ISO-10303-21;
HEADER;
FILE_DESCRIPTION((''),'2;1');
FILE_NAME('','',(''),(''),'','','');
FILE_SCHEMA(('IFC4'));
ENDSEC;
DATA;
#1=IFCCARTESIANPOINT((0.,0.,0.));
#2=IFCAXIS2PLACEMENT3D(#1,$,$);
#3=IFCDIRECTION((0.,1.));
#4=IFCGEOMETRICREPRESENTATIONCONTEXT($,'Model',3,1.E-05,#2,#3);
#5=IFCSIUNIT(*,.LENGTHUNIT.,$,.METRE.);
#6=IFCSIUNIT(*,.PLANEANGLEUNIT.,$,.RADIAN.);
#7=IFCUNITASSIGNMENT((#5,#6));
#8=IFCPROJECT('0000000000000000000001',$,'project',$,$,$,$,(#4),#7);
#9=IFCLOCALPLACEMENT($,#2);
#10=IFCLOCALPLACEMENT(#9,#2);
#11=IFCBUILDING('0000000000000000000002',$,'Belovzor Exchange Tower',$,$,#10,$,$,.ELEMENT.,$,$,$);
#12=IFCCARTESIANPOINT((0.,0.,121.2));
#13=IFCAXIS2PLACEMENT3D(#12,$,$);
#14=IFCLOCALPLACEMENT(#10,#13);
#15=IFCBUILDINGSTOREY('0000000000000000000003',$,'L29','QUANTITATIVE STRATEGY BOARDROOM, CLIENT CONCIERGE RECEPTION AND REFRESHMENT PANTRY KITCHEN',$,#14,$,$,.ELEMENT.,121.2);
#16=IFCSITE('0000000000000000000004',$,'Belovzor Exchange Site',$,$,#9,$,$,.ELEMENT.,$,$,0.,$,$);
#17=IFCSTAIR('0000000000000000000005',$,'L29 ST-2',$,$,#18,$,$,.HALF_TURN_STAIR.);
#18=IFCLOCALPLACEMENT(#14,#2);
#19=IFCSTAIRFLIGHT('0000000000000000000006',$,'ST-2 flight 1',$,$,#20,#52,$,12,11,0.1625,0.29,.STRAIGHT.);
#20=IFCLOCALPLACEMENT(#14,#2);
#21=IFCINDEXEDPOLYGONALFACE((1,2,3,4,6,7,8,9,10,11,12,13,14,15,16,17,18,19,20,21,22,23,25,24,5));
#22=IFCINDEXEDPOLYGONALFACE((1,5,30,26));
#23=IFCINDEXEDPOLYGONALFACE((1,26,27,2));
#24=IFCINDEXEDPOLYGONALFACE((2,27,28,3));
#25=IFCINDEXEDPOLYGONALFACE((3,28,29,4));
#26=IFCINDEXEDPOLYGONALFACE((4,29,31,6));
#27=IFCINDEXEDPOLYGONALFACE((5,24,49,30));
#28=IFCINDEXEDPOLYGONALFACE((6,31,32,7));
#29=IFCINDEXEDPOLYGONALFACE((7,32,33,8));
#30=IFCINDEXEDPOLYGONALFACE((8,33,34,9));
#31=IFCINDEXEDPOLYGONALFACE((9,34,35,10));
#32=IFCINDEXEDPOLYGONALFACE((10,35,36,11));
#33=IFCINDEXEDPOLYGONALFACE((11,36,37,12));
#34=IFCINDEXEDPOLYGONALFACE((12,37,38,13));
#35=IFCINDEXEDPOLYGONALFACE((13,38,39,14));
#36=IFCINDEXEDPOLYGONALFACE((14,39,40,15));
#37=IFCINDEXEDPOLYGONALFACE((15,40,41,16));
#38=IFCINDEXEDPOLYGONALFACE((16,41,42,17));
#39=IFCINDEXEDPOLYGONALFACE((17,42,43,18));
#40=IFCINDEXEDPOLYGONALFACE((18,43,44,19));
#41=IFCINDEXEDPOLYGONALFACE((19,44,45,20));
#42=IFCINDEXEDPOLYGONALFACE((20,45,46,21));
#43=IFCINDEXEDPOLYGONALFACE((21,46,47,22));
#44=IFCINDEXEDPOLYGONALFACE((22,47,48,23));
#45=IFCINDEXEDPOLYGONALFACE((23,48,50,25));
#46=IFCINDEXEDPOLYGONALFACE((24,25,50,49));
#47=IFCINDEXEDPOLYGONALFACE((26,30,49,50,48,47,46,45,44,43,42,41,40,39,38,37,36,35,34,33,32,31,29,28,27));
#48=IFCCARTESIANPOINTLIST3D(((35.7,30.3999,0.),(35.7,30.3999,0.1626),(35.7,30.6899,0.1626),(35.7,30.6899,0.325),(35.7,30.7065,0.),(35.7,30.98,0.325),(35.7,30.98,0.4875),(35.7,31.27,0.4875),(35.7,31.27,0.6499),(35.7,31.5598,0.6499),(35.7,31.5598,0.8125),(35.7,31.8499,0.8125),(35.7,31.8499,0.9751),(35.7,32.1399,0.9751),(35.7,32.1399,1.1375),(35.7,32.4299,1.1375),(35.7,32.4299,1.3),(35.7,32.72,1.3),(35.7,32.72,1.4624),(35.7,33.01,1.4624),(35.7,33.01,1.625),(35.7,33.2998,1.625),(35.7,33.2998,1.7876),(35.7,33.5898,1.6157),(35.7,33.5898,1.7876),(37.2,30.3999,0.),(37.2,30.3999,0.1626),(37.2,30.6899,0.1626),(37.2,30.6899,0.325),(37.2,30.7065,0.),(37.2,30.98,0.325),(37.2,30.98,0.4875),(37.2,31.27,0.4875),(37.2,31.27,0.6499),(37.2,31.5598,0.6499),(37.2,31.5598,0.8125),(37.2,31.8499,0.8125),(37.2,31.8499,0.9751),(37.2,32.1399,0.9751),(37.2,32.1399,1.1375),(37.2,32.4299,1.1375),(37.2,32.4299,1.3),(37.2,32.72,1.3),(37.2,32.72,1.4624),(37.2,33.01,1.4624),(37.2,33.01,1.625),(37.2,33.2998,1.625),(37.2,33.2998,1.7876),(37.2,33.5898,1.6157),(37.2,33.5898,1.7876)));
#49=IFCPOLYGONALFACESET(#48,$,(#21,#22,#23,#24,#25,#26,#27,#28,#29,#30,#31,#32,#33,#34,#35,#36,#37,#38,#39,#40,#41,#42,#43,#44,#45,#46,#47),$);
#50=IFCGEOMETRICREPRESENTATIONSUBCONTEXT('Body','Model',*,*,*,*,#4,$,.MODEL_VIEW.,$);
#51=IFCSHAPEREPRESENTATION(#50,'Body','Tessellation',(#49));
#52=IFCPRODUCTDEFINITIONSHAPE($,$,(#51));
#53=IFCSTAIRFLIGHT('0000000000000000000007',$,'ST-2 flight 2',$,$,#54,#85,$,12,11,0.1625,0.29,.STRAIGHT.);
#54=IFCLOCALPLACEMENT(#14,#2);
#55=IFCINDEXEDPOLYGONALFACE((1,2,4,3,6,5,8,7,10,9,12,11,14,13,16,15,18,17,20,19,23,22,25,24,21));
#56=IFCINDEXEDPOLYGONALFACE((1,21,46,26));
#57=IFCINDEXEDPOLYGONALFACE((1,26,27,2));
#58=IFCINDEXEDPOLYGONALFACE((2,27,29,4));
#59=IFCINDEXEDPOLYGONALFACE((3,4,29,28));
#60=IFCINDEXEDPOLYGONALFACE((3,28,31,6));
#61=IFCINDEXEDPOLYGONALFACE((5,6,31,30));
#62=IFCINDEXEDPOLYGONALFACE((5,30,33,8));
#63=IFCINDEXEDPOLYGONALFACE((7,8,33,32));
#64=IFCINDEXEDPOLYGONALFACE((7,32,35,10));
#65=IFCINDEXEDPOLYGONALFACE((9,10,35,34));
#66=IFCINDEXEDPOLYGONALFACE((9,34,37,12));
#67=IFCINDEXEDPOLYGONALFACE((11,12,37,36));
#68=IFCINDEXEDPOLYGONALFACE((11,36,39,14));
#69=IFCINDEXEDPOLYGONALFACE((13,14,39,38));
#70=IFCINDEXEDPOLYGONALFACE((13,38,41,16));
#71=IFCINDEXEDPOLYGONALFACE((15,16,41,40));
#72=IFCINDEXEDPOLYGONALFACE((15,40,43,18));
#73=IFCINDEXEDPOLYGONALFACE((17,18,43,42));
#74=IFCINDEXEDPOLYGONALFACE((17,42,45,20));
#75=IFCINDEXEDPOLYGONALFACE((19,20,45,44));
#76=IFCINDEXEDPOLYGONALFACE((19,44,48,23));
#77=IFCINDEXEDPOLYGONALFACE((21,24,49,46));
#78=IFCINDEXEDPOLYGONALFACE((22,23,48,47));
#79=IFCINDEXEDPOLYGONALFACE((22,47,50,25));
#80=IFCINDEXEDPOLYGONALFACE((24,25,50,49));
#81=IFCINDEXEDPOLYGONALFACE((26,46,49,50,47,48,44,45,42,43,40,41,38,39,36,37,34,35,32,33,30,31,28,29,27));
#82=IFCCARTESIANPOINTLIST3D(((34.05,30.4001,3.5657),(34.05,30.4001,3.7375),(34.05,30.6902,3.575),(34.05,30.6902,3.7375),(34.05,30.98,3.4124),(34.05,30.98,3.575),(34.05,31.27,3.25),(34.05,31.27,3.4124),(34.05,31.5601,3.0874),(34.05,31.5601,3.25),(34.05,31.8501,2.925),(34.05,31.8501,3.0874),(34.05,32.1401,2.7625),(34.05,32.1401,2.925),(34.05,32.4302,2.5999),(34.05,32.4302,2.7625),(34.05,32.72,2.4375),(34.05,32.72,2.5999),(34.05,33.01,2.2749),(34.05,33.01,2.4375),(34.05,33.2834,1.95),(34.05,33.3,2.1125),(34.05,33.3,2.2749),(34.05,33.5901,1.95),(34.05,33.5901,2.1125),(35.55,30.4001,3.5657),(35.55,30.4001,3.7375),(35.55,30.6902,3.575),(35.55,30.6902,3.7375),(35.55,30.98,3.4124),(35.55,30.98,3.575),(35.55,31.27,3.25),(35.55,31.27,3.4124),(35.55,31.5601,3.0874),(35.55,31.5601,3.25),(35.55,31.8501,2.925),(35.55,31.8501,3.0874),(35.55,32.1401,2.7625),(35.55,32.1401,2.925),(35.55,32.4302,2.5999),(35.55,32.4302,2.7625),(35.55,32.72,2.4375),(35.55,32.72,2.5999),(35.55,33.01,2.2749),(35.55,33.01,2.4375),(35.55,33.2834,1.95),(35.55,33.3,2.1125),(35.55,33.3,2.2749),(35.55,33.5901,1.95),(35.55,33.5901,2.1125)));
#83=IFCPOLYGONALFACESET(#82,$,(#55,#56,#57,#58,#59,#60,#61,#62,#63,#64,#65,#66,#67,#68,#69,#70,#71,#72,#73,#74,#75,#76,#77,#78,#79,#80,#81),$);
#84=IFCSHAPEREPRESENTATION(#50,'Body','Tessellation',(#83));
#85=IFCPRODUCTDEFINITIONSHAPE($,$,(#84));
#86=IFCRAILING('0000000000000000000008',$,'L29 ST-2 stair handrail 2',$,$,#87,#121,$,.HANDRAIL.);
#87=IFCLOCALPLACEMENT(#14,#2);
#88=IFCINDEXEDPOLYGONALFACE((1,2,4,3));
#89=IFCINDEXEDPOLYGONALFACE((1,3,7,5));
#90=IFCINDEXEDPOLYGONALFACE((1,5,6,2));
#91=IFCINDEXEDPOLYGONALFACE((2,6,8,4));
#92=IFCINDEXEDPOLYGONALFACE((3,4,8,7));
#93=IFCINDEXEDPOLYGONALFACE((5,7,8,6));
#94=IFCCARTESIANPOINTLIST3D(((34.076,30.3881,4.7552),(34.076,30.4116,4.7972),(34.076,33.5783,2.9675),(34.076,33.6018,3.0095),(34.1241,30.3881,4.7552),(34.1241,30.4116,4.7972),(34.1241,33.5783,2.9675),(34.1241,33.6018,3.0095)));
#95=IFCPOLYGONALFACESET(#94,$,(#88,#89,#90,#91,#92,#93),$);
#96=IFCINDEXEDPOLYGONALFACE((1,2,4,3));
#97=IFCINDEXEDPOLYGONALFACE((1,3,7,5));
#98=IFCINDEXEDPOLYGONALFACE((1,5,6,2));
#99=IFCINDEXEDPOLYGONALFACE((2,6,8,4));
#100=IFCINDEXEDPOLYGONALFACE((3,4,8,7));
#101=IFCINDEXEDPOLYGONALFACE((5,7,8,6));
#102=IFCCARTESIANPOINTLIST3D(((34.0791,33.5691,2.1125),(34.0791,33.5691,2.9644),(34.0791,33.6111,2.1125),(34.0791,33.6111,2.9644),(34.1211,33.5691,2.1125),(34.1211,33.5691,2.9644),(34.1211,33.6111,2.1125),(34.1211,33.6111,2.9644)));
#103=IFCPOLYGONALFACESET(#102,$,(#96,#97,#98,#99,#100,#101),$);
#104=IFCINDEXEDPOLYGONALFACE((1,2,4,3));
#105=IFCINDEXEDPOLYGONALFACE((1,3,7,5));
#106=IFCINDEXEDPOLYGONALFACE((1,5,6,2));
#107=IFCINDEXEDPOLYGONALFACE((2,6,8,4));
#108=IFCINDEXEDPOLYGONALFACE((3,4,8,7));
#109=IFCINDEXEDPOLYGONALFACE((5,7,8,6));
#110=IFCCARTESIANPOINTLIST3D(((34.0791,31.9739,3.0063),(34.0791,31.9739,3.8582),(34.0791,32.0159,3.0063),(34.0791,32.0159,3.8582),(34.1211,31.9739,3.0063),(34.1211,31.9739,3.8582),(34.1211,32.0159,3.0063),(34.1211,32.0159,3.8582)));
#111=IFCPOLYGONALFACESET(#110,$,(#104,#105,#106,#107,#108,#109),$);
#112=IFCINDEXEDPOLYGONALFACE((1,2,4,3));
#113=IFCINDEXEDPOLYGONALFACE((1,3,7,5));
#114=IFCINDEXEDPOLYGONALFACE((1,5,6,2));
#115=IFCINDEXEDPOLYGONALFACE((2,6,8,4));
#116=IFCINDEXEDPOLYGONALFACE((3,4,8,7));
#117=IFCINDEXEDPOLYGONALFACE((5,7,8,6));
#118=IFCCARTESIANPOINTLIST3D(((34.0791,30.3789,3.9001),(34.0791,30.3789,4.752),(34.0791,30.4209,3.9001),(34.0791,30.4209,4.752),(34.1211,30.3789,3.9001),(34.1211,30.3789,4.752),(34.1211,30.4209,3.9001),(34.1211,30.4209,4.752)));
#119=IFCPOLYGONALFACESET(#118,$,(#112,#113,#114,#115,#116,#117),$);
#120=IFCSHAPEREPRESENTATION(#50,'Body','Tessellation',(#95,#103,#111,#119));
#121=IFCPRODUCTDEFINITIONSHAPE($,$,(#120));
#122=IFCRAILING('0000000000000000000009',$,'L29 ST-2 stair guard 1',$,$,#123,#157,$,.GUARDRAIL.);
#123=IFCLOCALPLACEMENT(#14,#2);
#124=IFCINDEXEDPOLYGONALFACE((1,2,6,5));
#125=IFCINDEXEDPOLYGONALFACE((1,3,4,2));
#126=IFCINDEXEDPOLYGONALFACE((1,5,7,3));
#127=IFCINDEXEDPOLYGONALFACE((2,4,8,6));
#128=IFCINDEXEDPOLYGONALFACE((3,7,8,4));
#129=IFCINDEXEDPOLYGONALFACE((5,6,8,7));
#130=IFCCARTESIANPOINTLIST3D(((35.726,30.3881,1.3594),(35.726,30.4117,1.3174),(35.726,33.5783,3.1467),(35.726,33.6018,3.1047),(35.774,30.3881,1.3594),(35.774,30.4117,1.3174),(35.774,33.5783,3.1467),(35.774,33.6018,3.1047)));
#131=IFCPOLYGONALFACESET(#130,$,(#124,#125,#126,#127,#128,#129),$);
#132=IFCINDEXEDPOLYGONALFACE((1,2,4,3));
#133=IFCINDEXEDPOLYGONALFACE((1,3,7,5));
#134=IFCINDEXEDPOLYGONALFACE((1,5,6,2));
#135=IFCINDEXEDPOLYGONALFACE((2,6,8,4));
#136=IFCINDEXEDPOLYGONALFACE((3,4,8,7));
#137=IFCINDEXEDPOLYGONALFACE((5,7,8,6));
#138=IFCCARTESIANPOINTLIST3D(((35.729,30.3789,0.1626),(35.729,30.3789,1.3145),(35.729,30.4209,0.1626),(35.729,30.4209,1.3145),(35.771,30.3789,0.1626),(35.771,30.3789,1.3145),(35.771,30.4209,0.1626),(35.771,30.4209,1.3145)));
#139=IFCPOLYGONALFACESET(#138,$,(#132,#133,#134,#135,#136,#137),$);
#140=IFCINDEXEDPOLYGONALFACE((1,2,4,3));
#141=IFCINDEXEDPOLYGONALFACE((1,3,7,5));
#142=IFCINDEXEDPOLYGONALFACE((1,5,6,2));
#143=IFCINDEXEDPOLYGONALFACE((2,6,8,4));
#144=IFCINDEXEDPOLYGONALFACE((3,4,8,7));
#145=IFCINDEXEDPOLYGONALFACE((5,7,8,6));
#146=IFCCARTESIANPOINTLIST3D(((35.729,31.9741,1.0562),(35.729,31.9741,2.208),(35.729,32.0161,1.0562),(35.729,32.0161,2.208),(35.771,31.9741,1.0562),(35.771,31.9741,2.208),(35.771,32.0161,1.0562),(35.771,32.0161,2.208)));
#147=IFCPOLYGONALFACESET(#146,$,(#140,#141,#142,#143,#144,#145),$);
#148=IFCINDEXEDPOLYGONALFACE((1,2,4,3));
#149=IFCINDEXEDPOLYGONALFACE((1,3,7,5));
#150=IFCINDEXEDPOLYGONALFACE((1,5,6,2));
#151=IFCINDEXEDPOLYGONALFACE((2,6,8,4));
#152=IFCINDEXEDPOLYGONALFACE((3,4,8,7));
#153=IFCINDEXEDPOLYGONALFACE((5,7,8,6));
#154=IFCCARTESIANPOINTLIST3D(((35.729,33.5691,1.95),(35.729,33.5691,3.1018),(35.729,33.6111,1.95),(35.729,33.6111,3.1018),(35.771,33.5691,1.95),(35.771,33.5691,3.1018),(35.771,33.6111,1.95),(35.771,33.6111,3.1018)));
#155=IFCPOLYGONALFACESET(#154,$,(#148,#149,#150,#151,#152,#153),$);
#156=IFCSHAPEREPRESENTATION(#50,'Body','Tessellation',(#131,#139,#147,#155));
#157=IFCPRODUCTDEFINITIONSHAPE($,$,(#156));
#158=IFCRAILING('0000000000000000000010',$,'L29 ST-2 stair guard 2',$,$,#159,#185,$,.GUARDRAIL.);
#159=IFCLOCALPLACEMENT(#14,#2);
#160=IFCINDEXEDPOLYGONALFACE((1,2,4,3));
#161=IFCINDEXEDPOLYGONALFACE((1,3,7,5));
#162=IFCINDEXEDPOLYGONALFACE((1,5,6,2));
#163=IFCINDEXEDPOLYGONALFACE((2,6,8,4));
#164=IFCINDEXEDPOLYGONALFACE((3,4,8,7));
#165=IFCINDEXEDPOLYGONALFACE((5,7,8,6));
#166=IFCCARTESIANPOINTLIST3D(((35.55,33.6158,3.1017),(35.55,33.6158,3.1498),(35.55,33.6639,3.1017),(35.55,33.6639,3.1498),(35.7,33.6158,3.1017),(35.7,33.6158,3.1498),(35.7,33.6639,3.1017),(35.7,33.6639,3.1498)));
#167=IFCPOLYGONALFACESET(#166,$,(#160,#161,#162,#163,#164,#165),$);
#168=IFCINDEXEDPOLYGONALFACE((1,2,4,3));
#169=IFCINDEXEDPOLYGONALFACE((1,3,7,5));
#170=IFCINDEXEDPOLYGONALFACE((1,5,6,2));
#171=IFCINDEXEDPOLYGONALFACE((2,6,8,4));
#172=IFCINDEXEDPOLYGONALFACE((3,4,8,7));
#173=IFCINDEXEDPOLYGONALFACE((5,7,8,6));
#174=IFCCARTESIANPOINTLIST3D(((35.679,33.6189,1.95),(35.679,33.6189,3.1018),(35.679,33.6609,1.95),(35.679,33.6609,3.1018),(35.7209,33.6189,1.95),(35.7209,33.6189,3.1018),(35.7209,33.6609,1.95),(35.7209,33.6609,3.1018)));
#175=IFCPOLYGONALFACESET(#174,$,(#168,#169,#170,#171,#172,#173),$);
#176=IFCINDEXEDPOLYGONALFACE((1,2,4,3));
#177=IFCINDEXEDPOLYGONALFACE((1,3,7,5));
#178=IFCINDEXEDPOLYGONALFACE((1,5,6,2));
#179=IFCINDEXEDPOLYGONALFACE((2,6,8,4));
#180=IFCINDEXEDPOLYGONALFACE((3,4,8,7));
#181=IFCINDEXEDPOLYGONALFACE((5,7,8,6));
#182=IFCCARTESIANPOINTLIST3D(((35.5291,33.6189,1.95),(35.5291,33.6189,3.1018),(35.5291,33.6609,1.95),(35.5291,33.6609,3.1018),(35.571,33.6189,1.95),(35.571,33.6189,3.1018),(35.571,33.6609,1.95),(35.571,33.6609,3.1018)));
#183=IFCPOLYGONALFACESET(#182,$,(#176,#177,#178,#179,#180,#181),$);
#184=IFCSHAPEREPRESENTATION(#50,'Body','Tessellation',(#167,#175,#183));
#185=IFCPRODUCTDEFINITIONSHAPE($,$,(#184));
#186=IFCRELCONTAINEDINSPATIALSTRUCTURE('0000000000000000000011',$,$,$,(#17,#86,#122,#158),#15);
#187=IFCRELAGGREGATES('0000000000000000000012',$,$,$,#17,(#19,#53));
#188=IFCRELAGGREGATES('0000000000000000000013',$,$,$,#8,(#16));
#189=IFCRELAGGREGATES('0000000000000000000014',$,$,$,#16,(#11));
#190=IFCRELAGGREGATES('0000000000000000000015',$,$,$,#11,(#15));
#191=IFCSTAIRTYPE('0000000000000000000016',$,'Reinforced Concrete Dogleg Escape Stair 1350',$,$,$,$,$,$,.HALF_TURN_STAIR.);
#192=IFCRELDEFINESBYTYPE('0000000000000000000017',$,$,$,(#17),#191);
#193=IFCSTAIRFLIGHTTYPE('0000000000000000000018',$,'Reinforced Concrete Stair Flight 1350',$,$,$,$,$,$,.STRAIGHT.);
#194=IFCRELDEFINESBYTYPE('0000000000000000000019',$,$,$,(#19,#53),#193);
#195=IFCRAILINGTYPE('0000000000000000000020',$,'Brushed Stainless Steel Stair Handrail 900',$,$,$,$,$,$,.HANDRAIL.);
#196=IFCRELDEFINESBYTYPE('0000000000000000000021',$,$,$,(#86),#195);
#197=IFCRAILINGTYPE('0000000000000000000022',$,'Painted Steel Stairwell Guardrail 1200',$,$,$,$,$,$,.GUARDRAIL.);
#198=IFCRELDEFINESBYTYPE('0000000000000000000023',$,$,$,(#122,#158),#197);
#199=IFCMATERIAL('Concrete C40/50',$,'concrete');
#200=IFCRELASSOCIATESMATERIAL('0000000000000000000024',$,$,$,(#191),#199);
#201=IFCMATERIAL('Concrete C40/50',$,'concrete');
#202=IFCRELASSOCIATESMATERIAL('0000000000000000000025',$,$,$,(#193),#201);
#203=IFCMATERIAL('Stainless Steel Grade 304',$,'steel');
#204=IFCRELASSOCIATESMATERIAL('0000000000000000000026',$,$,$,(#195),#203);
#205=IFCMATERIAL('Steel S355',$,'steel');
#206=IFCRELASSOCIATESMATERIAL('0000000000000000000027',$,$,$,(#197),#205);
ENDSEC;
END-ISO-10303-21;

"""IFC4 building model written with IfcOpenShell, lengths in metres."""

from ifc_helpers import new_model, si_unit, direction, frame, origin, origin_2d, place, context, subcontext, project, spatial, polyline, rectangle, outline, extrude, material, type_object, element, aggregate, save


model = new_model("IFC4")

# Units and contexts
model_context = context("Model", 3, precision=1e-05, world=origin(), true_north=direction((0.0, 1.0)))
body_context = subcontext(model_context, "Body", "Model", "MODEL_VIEW")
ifc_project = project(units=[si_unit("LENGTHUNIT", "METRE"), si_unit("PLANEANGLEUNIT", "RADIAN")], contexts=[model_context])

# Site, building, storey
site_placement = place(None, origin())
site = spatial("IfcSite", under=ifc_project, at=site_placement, Name="Belovzor Exchange Site", CompositionType="ELEMENT", RefElevation=0.0)
building_placement = place(site_placement, origin())
building = spatial("IfcBuilding", under=site, at=building_placement, Name="Belovzor Exchange Tower", CompositionType="ELEMENT")
storey_placement = place(building_placement, frame((0.0, 0.0, 121.2)))
storey = spatial("IfcBuildingStorey", under=building, at=storey_placement, Name="L29", Description="QUANTITATIVE STRATEGY BOARDROOM, CLIENT CONCIERGE RECEPTION AND REFRESHMENT PANTRY KITCHEN", CompositionType="ELEMENT", Elevation=121.2)

# Stair, stair flights
ifc_material_1 = material(Name="Concrete C40/50", Category="concrete")
stair_type = type_object("IfcStairType", Name="Reinforced Concrete Dogleg Escape Stair 1350", PredefinedType="HALF_TURN_STAIR", material=ifc_material_1)
stair_placement = place(storey_placement, origin())
stair = element("IfcStair", 1, at=stair_placement, inside=storey, type_object=stair_type, Name="L29 ST-2", PredefinedType="HALF_TURN_STAIR")
ifc_material_2 = material(Name="Concrete C40/50", Category="concrete")
stair_flight_type = type_object("IfcStairFlightType", Name="Reinforced Concrete Stair Flight 1350", PredefinedType="STRAIGHT", material=ifc_material_2)
stair_flight_1_placement = place(storey_placement, frame((36.45, 30.3999, 0.0), z_axis=(0.0, 0.0, 1.0), x_axis=(0.0, 1.0, 0.0)))
stair_flight_1 = element("IfcStairFlight", 2, at=stair_flight_1_placement, type_object=stair_flight_type, Name="ST-2 flight 1", NumberOfRisers=12, NumberOfTreads=11, PredefinedType="STRAIGHT", RiserHeight=0.1625, TreadLength=0.29, context=body_context, shape_type="SweptSolid", body=[
    extrude(outline(polyline([(0.0, 0.0), (0.0, 0.1626), (0.29, 0.1626), (0.29, 0.325), (0.5801, 0.325), (0.5801, 0.4875), (0.8701, 0.4875), (0.8701, 0.6499), (1.1599, 0.6499), (1.1599, 0.8125), (1.45, 0.8125), (1.45, 0.9751), (1.74, 0.9751), (1.74, 1.1375), (2.03, 1.1375), (2.03, 1.3), (2.3201, 1.3), (2.3201, 1.4624), (2.6101, 1.4624), (2.6101, 1.625), (2.8999, 1.625), (2.8999, 1.7876), (3.1899, 1.7876), (3.1899, 1.95), (3.1899, 1.6157), (0.3066, 0.0), (0.0, 0.0)])), frame((0.0, 0.75, 0.0), z_axis=(0.0, -1.0, 0.0), x_axis=(1.0, 0.0, 0.0)), (0.0, 0.0, 1.0), 1.5),
])
stair_flight_2_placement = place(storey_placement, frame((34.8, 33.5901, 1.95), z_axis=(0.0, 0.0, 1.0), x_axis=(0.0, -1.0, 0.0)))
stair_flight_2 = element("IfcStairFlight", 3, at=stair_flight_2_placement, type_object=stair_flight_type, Name="ST-2 flight 2", NumberOfRisers=12, NumberOfTreads=11, PredefinedType="STRAIGHT", RiserHeight=0.1625, TreadLength=0.29, context=body_context, shape_type="SweptSolid", body=[
    extrude(outline(polyline([(0.0, 0.0), (0.0, 0.1626), (0.29, 0.1626), (0.29, 0.325), (0.5801, 0.325), (0.5801, 0.4875), (0.8701, 0.4875), (0.8701, 0.6499), (1.1599, 0.6499), (1.1599, 0.8125), (1.45, 0.8125), (1.45, 0.9751), (1.74, 0.9751), (1.74, 1.1375), (2.03, 1.1375), (2.03, 1.3), (2.3201, 1.3), (2.3201, 1.4624), (2.6101, 1.4624), (2.6101, 1.625), (2.8999, 1.625), (2.8999, 1.7876), (3.1899, 1.7876), (3.1899, 1.95), (3.1899, 1.6157), (0.3066, 0.0), (0.0, 0.0)])), frame((0.0, 0.75, 0.0), z_axis=(0.0, -1.0, 0.0), x_axis=(1.0, 0.0, 0.0)), (0.0, 0.0, 1.0), 1.5),
])
aggregate(stair, [stair_flight_1, stair_flight_2])

# Railings
ifc_material_3 = material(Name="Stainless Steel Grade 304", Category="steel")
railing_type_1 = type_object("IfcRailingType", Name="Brushed Stainless Steel Stair Handrail 900", PredefinedType="HANDRAIL", material=ifc_material_3)
railing_1_placement = place(storey_placement, frame((34.1001, 33.5901, 2.1125)))
element("IfcRailing", 4, at=railing_1_placement, inside=storey, type_object=railing_type_1, Name="L29 ST-2 stair handrail 2", PredefinedType="HANDRAIL", context=body_context, shape_type="SweptSolid", body=[
    extrude(rectangle(XDim=0.0481, YDim=0.0481, at=origin_2d()), frame((0.0, 0.0, 0.876), z_axis=(0.0, -0.872378, 0.488831), x_axis=(1.0, 0.0, 0.0)), (0.0, 0.0, 1.0), 3.657),
    extrude(rectangle(XDim=0.042, YDim=0.042, at=origin_2d()), origin(), (0.0, 0.0, 1.0), 0.8518),
    extrude(rectangle(XDim=0.042, YDim=0.042, at=origin_2d()), frame((0.0, -1.5952, 0.8938)), (0.0, 0.0, 1.0), 0.8518),
    extrude(rectangle(XDim=0.042, YDim=0.042, at=origin_2d()), frame((0.0, -3.1902, 1.7876)), (0.0, 0.0, 1.0), 0.8518),
])
ifc_material_4 = material(Name="Steel S355", Category="steel")
railing_type_2 = type_object("IfcRailingType", Name="Painted Steel Stairwell Guardrail 1200", PredefinedType="GUARDRAIL", material=ifc_material_4)
railing_2_placement = place(storey_placement, frame((35.75, 30.3999, 0.1626)))
element("IfcRailing", 5, at=railing_2_placement, inside=storey, type_object=railing_type_2, Name="L29 ST-2 stair guard 1", PredefinedType="GUARDRAIL", context=body_context, shape_type="SweptSolid", body=[
    extrude(rectangle(XDim=0.0481, YDim=0.0481, at=origin_2d()), frame((0.0, 0.0, 1.1758), z_axis=(0.0, 0.872407, 0.48878), x_axis=(-1.0, 0.0, 0.0)), (0.0, 0.0, 1.0), 3.6567),
    extrude(rectangle(XDim=0.042, YDim=0.042, at=origin_2d()), origin(), (0.0, 0.0, 1.0), 1.1519),
    extrude(rectangle(XDim=0.042, YDim=0.042, at=origin_2d()), frame((0.0, 1.5952, 0.8936)), (0.0, 0.0, 1.0), 1.1519),
    extrude(rectangle(XDim=0.042, YDim=0.042, at=origin_2d()), frame((0.0, 3.1902, 1.7874)), (0.0, 0.0, 1.0), 1.1519),
])
railing_3_placement = place(storey_placement, frame((35.7, 33.6399, 1.95)))
element("IfcRailing", 6, at=railing_3_placement, inside=storey, type_object=railing_type_2, Name="L29 ST-2 stair guard 2", PredefinedType="GUARDRAIL", context=body_context, shape_type="SweptSolid", body=[
    extrude(rectangle(XDim=0.0481, YDim=0.0481, at=origin_2d()), frame((0.0, 0.0, 1.1758), z_axis=(-1.0, 0.0, 0.0), x_axis=(0.0, -1.0, 0.0)), (0.0, 0.0, 1.0), 0.1499),
    extrude(rectangle(XDim=0.042, YDim=0.042, at=origin_2d()), origin(), (0.0, 0.0, 1.0), 1.1519),
    extrude(rectangle(XDim=0.042, YDim=0.042, at=origin_2d()), frame((-0.1499, 0.0, 0.0)), (0.0, 0.0, 1.0), 1.1519),
])

save(model, "model.ifc")
